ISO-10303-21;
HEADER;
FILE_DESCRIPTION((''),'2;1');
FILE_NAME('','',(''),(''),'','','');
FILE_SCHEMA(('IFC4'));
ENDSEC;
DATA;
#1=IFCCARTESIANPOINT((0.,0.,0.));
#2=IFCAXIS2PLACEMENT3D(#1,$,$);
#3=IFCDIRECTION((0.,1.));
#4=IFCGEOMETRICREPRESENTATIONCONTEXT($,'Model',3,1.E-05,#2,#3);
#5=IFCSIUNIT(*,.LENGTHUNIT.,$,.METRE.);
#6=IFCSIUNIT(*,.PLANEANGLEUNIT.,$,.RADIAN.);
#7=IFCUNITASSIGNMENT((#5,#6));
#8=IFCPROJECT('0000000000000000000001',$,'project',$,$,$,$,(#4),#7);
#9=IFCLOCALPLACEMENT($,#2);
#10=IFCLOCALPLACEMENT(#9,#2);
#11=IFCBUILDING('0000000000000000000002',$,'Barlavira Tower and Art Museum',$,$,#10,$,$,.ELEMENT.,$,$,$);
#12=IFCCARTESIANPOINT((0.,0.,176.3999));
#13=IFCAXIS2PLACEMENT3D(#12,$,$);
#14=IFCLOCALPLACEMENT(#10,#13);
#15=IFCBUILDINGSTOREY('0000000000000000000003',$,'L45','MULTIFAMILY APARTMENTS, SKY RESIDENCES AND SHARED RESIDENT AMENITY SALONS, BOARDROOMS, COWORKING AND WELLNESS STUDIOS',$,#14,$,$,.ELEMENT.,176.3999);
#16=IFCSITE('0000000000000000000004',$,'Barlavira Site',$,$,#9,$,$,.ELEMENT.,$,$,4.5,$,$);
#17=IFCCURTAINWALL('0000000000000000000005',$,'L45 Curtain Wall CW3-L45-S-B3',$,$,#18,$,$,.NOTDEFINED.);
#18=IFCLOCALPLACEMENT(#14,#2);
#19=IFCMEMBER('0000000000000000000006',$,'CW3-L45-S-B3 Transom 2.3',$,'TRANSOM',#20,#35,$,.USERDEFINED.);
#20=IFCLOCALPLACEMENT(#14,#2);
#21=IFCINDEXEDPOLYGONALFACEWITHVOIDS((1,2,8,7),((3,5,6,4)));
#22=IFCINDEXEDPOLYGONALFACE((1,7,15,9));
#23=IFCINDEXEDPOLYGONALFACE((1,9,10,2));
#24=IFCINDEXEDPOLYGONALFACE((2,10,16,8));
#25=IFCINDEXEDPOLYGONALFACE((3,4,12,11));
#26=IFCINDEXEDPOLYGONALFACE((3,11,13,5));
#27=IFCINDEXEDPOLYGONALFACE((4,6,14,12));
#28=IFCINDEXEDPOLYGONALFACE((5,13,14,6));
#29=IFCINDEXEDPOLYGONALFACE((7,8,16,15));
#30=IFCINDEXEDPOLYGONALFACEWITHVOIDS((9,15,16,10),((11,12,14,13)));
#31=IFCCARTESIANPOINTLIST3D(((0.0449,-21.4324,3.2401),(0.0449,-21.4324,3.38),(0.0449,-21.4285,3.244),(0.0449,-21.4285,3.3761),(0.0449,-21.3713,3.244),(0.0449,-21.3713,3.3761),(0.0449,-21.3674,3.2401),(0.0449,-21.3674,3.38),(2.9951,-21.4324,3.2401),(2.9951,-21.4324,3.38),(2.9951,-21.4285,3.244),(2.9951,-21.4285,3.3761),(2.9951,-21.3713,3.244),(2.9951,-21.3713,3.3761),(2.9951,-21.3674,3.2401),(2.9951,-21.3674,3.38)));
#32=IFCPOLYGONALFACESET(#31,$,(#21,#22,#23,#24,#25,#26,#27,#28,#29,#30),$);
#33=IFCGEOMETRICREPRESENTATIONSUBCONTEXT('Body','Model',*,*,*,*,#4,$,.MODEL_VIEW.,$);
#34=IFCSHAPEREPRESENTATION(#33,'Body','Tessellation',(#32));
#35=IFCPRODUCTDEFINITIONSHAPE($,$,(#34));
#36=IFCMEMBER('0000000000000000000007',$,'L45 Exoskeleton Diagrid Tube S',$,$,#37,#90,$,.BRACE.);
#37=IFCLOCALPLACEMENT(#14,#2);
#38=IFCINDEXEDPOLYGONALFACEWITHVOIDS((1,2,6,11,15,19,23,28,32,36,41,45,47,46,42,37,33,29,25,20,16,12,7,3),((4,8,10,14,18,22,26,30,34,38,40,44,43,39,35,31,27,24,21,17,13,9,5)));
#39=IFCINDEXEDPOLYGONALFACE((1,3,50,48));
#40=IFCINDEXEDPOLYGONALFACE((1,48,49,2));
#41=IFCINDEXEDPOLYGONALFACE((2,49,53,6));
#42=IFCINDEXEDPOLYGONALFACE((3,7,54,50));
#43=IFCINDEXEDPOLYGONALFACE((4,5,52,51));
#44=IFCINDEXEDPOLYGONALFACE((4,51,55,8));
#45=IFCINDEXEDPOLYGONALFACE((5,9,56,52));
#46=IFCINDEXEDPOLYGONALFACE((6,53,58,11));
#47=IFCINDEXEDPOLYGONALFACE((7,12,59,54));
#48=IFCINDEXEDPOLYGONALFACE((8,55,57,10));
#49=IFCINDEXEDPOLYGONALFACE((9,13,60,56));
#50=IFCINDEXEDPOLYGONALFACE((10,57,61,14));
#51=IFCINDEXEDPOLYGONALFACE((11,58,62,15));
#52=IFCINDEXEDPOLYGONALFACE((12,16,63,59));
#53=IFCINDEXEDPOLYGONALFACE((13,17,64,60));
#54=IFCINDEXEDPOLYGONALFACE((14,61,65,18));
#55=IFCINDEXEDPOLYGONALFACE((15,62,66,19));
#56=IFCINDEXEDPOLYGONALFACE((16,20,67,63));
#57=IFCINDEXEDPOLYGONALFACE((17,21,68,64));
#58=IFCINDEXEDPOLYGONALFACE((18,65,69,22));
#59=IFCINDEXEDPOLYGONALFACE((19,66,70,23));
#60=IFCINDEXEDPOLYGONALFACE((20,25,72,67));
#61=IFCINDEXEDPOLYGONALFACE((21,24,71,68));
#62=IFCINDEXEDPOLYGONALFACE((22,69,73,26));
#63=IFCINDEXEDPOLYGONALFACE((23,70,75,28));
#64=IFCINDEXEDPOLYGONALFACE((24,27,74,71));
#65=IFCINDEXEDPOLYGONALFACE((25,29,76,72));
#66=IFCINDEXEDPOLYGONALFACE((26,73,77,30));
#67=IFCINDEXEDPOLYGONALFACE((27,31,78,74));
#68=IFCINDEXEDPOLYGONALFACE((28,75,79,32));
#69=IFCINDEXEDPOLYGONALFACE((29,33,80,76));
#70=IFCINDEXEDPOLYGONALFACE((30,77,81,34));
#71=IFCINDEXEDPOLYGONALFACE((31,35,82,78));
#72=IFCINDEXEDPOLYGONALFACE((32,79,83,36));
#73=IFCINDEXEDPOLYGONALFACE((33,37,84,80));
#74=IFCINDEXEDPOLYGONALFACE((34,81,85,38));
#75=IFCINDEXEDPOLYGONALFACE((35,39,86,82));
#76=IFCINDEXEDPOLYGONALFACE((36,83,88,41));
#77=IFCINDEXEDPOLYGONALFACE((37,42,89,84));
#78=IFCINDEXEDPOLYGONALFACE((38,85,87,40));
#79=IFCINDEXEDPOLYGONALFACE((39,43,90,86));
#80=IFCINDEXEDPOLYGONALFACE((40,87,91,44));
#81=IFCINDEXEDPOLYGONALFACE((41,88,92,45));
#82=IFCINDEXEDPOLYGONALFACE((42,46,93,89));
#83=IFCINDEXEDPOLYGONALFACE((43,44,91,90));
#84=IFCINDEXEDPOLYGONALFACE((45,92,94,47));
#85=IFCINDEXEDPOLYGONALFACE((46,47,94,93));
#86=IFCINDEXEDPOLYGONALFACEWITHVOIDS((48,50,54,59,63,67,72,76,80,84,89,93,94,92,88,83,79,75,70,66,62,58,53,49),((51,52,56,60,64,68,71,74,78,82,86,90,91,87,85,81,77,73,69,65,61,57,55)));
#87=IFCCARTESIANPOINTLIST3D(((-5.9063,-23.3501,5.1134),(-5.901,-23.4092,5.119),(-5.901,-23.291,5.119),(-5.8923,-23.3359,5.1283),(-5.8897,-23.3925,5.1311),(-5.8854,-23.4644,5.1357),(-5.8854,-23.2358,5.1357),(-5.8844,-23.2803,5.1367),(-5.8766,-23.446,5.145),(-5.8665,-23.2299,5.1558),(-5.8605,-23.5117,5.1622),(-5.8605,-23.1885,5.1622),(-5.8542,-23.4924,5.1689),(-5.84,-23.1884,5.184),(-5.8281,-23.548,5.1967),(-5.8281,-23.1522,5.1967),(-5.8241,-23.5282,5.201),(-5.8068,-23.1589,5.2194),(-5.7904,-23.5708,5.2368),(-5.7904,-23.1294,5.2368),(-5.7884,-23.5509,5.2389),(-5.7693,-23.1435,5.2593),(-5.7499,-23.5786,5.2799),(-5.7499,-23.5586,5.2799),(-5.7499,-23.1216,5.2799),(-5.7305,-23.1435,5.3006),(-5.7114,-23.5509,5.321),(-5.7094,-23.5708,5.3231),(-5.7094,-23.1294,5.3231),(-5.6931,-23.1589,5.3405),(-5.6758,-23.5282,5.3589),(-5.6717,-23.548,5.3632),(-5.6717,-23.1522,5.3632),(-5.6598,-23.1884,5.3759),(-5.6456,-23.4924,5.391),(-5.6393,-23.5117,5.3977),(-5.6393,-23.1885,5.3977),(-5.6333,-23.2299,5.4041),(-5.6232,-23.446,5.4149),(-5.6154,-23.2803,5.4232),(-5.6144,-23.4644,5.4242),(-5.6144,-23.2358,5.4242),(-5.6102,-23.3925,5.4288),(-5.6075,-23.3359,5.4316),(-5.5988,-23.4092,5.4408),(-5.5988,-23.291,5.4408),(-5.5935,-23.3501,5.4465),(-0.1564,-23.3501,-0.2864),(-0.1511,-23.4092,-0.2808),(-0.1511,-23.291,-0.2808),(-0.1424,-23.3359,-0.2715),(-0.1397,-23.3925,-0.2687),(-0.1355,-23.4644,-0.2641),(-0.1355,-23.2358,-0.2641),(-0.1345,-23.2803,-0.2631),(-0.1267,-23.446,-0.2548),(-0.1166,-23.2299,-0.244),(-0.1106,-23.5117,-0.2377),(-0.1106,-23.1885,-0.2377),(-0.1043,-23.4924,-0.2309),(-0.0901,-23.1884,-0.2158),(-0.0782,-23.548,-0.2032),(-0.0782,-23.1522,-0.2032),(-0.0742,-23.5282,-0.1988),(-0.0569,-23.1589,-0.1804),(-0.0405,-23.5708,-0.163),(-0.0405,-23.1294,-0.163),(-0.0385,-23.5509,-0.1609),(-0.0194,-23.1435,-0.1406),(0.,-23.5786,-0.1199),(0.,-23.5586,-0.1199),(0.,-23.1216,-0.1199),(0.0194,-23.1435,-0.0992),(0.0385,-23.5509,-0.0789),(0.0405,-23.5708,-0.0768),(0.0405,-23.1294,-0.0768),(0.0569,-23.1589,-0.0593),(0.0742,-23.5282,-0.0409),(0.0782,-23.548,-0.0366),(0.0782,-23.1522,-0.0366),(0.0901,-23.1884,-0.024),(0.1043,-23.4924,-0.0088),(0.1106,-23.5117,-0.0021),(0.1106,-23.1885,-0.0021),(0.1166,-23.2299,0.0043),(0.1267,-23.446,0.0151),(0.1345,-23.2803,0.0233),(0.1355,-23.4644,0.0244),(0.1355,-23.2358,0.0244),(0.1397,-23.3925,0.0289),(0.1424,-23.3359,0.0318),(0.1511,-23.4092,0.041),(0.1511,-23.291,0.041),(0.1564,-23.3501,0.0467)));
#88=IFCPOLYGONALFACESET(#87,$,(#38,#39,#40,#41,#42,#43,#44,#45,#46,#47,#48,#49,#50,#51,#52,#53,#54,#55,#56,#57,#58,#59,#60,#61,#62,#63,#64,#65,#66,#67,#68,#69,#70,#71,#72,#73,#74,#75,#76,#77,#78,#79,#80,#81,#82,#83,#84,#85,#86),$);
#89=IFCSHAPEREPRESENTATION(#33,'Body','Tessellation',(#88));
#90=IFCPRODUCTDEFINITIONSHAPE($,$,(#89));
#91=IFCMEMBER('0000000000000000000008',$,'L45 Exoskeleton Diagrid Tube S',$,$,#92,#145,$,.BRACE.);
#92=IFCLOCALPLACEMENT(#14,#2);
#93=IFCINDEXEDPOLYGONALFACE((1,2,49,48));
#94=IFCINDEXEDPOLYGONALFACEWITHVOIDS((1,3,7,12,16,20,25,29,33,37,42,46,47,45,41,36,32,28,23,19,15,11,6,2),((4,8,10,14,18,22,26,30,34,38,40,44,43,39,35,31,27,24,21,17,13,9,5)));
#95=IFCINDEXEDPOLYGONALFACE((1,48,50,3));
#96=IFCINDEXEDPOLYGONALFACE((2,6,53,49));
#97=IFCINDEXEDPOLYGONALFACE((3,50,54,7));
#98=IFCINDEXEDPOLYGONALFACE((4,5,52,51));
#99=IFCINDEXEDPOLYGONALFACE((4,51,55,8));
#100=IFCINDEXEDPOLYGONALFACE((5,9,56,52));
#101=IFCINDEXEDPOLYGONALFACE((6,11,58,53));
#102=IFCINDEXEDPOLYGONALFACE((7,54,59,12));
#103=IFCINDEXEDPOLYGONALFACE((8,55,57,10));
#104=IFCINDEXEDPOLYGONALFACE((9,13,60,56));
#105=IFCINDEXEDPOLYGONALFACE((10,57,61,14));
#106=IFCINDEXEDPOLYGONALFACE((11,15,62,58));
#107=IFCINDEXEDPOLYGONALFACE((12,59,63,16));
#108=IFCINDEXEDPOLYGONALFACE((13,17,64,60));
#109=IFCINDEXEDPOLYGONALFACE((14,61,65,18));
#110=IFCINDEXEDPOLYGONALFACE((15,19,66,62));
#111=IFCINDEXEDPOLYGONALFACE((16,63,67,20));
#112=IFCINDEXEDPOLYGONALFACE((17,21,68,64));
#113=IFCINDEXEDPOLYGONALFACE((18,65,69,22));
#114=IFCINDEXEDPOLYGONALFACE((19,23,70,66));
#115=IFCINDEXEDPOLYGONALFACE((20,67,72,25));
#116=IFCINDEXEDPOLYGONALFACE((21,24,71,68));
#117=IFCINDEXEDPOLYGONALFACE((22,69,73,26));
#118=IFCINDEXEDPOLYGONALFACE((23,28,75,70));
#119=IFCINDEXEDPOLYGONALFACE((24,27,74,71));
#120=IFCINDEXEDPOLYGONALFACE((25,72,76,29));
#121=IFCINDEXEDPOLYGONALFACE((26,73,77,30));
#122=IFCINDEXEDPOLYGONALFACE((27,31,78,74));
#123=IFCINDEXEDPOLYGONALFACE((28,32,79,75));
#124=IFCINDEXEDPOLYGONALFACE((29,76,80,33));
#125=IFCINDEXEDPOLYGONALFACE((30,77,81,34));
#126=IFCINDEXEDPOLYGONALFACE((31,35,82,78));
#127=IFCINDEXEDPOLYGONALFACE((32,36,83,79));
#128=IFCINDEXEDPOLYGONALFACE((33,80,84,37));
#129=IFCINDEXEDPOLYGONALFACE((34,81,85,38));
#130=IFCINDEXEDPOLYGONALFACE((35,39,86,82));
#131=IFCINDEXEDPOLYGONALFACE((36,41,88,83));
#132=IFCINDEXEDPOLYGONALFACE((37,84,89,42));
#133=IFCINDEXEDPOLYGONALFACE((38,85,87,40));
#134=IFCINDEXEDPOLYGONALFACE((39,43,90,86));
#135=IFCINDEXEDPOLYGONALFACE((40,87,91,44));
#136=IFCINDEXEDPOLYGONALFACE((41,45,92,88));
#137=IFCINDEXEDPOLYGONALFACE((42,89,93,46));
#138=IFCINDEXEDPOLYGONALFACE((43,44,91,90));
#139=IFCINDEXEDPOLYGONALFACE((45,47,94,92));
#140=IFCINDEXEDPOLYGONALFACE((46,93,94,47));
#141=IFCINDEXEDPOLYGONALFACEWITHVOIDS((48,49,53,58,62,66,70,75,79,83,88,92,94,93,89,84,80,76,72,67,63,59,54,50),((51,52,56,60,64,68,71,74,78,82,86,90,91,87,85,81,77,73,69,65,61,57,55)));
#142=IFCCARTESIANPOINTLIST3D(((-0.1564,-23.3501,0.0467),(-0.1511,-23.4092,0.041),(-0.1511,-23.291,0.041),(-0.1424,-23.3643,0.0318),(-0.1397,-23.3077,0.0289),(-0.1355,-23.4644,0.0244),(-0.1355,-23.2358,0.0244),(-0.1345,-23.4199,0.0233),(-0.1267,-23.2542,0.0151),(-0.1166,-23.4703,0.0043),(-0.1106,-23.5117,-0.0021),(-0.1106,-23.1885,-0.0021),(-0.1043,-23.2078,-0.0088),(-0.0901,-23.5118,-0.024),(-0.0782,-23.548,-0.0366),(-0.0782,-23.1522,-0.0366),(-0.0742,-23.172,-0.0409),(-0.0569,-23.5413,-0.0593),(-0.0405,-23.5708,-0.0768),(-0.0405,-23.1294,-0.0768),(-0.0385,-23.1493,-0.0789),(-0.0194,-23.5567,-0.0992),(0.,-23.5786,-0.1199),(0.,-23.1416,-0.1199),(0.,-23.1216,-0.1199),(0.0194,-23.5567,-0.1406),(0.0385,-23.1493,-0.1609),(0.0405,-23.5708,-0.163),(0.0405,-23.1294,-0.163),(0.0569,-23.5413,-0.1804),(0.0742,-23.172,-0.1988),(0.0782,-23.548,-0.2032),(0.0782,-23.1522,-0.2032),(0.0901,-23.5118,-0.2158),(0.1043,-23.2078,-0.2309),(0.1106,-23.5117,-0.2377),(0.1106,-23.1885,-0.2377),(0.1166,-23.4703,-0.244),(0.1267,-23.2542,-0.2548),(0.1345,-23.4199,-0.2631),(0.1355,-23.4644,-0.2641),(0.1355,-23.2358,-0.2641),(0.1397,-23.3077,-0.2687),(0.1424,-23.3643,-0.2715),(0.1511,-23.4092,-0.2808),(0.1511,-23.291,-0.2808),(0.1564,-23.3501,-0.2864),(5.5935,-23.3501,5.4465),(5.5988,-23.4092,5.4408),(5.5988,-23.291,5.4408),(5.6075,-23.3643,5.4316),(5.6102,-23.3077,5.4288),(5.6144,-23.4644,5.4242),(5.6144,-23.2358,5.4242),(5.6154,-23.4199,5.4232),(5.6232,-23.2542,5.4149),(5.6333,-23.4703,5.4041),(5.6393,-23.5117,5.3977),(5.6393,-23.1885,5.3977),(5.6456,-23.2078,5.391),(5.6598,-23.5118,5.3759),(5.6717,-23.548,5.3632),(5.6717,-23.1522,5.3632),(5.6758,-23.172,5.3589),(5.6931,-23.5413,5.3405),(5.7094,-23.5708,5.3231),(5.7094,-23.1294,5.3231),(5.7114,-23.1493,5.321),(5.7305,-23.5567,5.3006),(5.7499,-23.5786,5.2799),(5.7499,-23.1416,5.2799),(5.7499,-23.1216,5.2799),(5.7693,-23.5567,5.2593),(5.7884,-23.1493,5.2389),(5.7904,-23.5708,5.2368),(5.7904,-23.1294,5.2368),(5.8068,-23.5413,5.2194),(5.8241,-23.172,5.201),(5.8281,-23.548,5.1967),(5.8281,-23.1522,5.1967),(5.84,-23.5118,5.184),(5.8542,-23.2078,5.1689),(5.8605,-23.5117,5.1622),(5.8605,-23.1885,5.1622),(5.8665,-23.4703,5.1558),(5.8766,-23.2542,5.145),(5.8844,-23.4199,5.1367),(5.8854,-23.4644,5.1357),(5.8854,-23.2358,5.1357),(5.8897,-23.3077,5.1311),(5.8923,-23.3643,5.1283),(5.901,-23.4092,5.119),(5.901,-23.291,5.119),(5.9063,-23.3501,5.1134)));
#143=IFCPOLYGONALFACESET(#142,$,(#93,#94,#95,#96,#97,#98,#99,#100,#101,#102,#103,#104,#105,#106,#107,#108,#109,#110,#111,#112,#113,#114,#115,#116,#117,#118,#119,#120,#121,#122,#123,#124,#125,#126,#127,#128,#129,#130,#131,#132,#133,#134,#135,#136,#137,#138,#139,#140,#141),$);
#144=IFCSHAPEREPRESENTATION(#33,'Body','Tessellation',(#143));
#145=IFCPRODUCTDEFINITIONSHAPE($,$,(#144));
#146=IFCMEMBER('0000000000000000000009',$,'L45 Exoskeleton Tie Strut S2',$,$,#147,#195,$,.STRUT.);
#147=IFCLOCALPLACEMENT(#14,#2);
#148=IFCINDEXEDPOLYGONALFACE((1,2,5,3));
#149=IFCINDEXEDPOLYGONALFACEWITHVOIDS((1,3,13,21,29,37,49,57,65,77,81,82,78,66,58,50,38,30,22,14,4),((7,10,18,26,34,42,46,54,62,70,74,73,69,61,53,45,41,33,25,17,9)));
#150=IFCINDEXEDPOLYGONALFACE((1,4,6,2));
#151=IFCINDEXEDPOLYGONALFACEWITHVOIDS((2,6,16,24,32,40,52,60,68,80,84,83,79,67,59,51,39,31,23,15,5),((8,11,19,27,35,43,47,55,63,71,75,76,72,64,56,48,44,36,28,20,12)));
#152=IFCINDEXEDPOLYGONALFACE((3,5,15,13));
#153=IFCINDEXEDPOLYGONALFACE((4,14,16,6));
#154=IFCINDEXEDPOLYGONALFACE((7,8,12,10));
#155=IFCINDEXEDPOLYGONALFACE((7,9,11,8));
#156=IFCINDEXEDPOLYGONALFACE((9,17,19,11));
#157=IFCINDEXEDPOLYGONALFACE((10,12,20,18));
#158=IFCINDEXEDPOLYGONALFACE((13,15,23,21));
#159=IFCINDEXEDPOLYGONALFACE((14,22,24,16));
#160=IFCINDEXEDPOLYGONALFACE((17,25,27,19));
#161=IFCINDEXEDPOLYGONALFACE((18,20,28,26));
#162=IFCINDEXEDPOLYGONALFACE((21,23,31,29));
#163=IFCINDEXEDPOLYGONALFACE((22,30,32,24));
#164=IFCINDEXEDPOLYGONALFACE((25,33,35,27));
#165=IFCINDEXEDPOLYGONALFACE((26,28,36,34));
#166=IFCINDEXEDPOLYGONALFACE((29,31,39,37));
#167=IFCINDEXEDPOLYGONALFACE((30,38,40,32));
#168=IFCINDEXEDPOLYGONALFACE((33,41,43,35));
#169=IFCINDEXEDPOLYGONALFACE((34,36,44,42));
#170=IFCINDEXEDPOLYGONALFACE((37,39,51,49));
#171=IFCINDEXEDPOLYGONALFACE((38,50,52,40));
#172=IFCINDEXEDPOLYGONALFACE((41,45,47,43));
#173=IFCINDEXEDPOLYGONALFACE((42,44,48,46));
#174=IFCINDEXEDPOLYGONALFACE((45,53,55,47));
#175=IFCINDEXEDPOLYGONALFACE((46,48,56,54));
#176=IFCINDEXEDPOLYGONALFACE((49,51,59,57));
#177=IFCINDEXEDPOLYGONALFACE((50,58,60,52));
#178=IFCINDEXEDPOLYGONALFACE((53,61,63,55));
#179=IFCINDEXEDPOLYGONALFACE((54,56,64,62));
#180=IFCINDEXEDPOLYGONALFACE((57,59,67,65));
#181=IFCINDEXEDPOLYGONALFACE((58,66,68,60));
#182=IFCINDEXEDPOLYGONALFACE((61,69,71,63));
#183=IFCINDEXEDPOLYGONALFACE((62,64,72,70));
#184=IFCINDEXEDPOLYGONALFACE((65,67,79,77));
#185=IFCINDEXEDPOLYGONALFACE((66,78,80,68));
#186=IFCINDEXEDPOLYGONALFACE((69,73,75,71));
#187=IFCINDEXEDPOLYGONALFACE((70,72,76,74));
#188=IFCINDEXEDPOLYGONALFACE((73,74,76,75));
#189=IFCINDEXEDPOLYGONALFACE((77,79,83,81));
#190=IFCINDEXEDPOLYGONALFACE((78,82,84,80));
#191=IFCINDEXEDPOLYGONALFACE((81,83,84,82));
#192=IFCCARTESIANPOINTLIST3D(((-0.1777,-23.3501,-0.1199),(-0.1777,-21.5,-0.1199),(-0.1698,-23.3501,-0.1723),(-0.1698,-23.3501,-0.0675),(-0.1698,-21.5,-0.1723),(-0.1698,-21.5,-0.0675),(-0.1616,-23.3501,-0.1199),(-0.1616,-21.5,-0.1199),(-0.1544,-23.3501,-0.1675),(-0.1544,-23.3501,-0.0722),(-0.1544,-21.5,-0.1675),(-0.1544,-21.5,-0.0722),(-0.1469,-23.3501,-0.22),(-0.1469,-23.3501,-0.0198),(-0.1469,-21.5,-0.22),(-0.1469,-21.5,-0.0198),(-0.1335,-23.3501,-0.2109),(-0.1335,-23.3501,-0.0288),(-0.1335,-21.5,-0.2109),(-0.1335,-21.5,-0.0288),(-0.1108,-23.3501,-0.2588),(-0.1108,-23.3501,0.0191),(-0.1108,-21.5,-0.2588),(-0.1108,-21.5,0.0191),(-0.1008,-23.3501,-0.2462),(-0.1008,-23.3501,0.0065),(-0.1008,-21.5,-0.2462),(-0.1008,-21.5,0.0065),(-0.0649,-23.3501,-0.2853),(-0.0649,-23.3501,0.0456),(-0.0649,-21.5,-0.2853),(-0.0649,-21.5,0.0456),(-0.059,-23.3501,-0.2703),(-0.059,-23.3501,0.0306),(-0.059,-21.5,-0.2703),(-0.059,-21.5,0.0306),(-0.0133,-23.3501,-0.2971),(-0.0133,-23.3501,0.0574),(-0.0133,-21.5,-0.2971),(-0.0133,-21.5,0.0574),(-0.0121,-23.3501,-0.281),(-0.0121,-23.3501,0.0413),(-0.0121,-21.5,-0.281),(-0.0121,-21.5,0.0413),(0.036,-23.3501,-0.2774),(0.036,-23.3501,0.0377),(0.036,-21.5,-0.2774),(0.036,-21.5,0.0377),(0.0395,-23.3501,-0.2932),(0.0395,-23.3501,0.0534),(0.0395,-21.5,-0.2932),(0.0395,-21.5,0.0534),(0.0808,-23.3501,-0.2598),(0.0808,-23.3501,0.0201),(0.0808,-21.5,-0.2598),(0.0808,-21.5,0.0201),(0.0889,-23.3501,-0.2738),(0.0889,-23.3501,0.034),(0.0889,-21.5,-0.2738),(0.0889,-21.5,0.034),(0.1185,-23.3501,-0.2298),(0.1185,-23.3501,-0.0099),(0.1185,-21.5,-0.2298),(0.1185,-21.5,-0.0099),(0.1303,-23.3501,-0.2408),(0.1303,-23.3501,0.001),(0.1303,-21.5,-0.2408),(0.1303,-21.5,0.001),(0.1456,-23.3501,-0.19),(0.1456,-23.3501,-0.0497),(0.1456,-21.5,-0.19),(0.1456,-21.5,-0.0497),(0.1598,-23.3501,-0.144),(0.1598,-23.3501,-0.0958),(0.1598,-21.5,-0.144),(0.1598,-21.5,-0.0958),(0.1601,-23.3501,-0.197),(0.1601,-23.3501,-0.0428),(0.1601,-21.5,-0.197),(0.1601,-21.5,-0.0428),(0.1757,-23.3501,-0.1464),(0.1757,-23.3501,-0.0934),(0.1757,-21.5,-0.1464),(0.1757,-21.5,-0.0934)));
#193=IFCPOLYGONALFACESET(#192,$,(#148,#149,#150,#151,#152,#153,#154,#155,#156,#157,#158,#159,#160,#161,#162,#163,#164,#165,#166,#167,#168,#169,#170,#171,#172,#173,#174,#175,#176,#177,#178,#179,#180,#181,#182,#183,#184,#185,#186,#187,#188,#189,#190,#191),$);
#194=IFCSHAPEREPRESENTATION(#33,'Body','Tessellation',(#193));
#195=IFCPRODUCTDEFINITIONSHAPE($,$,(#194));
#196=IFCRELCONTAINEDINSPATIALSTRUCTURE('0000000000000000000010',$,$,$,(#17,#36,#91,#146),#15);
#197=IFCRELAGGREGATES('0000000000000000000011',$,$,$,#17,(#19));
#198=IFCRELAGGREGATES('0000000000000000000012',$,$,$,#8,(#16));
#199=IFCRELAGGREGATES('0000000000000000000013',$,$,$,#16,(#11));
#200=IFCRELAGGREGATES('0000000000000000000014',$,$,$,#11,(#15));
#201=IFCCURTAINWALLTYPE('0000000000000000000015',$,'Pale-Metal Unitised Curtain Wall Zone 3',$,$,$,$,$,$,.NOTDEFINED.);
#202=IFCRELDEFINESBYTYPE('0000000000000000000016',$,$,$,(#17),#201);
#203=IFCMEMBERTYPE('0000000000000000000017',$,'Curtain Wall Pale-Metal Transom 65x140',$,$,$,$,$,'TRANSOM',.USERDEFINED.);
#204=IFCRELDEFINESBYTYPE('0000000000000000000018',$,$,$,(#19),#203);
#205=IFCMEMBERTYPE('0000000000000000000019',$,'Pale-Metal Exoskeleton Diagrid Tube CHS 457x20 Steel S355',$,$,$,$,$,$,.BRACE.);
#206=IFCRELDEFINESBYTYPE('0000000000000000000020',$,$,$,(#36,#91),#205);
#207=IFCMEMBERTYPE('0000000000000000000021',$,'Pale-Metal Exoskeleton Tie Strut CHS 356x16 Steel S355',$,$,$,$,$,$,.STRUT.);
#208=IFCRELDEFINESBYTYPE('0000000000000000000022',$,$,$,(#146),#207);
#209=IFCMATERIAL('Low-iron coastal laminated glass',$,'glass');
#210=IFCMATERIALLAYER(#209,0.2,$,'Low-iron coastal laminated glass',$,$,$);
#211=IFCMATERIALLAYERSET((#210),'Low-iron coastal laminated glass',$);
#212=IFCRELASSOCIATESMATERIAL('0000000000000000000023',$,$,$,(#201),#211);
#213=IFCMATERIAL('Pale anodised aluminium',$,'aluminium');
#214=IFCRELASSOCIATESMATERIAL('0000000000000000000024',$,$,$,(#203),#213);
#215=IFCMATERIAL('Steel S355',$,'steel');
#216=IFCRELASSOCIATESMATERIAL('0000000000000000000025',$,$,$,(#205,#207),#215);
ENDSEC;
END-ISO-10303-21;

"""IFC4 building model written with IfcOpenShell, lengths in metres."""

from ifc_helpers import new_model, si_unit, direction, frame, origin, origin_2d, place, context, subcontext, project, spatial, hollow_rectangle, hollow_circle, extrude, material, layer, layer_set, material_profile, profile_set, type_object, element, aggregate, save


model = new_model("IFC4")

# Units and contexts
model_context = context("Model", 3, precision=1e-05, world=origin(), true_north=direction((0.0, 1.0)))
body_context = subcontext(model_context, "Body", "Model", "MODEL_VIEW")
ifc_project = project(units=[si_unit("LENGTHUNIT", "METRE"), si_unit("PLANEANGLEUNIT", "RADIAN")], contexts=[model_context])

# Site, building, storey
site_placement = place(None, origin())
site = spatial("IfcSite", under=ifc_project, at=site_placement, Name="Barlavira Site", CompositionType="ELEMENT", RefElevation=4.5)
building_placement = place(site_placement, origin())
building = spatial("IfcBuilding", under=site, at=building_placement, Name="Barlavira Tower and Art Museum", CompositionType="ELEMENT")
storey_placement = place(building_placement, frame((0.0, 0.0, 176.3999)))
storey = spatial("IfcBuildingStorey", under=building, at=storey_placement, Name="L45", Description="MULTIFAMILY APARTMENTS, SKY RESIDENCES AND SHARED RESIDENT AMENITY SALONS, BOARDROOMS, COWORKING AND WELLNESS STUDIOS", CompositionType="ELEMENT", Elevation=176.3999)

# Curtain wall, member
ifc_material_1 = material(Name="Low-iron coastal laminated glass", Category="glass")
ifc_layer_1 = layer(ifc_material_1, 0.2, Name="Low-iron coastal laminated glass")
ifc_layer_set_1 = layer_set([ifc_layer_1], Name="Low-iron coastal laminated glass")
curtain_wall_type = type_object("IfcCurtainWallType", Name="Pale-Metal Unitised Curtain Wall Zone 3", PredefinedType="NOTDEFINED", material=ifc_layer_set_1)
curtain_wall_placement = place(storey_placement, origin())
curtain_wall = element("IfcCurtainWall", 1, at=curtain_wall_placement, inside=storey, type_object=curtain_wall_type, Name="L45 Curtain Wall CW3-L45-S-B3", PredefinedType="NOTDEFINED")
ifc_material_2 = material(Name="Pale anodised aluminium", Category="aluminium")
ifc_material_profile_1 = material_profile(ifc_material_2, hollow_rectangle(XDim=0.0649, YDim=0.1399, WallThickness=0.0039, at=origin_2d()), Name="ALU-TRAN 65x140x4")
ifc_profile_set_1 = profile_set([ifc_material_profile_1], Name="Pale anodised aluminium")
member_type_1 = type_object("IfcMemberType", Name="Curtain Wall Pale-Metal Transom 65x140", ElementType="TRANSOM", PredefinedType="USERDEFINED", material=ifc_profile_set_1)
member_1_placement = place(storey_placement, frame((0.0449, -21.3999, 3.3101), z_axis=(1.0, 0.0, 0.0), x_axis=(0.0, 1.0, 0.0)))
member_1 = element("IfcMember", 2, at=member_1_placement, type_object=member_type_1, Name="CW3-L45-S-B3 Transom 2.3", ObjectType="TRANSOM", PredefinedType="USERDEFINED", context=body_context, shape_type="SweptSolid", body=[
    extrude(hollow_rectangle(XDim=0.0649, YDim=0.1399, WallThickness=0.0039, at=origin_2d()), origin(), (0.0, 0.0, 1.0), 2.9502),
])

# Members
ifc_material_3 = material(Name="Steel S355", Category="steel")
ifc_material_profile_2 = material_profile(ifc_material_3, hollow_circle(Radius=0.2285, WallThickness=0.02, at=origin_2d()), Name="CHS 457.0x20.0")
ifc_profile_set_2 = profile_set([ifc_material_profile_2], Name="Steel S355")
member_type_2 = type_object("IfcMemberType", Name="Pale-Metal Exoskeleton Diagrid Tube CHS 457x20 Steel S355", PredefinedType="BRACE", material=ifc_profile_set_2)
for number, where, z_axis, x_axis, name in (
    (3, (0.0, -23.3501, -0.1199), (-0.72895, 0.0, 0.684567), (0.0, -1.0, 0.0), "L45 Exoskeleton Diagrid Tube S"),
    (4, (0.0, -23.3501, -0.1199), (0.72895, 0.0, 0.684567), (0.0, 1.0, 0.0), "L45 Exoskeleton Diagrid Tube S"),
):
    element("IfcMember", number, at=place(storey_placement, frame(where, z_axis=z_axis, x_axis=x_axis)), inside=storey, type_object=member_type_2, Name=name, PredefinedType="BRACE", context=body_context, shape_type="SweptSolid", body=[
        extrude(hollow_circle(Radius=0.2285, WallThickness=0.02, at=origin_2d()), origin(), (0.0, 0.0, 1.0), 7.8879),
    ])
ifc_material_profile_3 = material_profile(ifc_material_3, hollow_circle(Radius=0.1777, WallThickness=0.0161, at=origin_2d()), Name="CHS 355.6x16.0")
ifc_profile_set_3 = profile_set([ifc_material_profile_3], Name="Steel S355")
member_type_3 = type_object("IfcMemberType", Name="Pale-Metal Exoskeleton Tie Strut CHS 356x16 Steel S355", PredefinedType="STRUT", material=ifc_profile_set_3)
member_2_placement = place(storey_placement, frame((0.0, -23.3501, -0.1199), z_axis=(0.0, 1.0, 0.0), x_axis=(-1.0, 0.0, 0.0)))
element("IfcMember", 5, at=member_2_placement, inside=storey, type_object=member_type_3, Name="L45 Exoskeleton Tie Strut S2", PredefinedType="STRUT", context=body_context, shape_type="SweptSolid", body=[
    extrude(hollow_circle(Radius=0.1777, WallThickness=0.0161, at=origin_2d()), origin(), (0.0, 0.0, 1.0), 1.8501),
])

aggregate(curtain_wall, [member_1])

save(model, "model.ifc")
